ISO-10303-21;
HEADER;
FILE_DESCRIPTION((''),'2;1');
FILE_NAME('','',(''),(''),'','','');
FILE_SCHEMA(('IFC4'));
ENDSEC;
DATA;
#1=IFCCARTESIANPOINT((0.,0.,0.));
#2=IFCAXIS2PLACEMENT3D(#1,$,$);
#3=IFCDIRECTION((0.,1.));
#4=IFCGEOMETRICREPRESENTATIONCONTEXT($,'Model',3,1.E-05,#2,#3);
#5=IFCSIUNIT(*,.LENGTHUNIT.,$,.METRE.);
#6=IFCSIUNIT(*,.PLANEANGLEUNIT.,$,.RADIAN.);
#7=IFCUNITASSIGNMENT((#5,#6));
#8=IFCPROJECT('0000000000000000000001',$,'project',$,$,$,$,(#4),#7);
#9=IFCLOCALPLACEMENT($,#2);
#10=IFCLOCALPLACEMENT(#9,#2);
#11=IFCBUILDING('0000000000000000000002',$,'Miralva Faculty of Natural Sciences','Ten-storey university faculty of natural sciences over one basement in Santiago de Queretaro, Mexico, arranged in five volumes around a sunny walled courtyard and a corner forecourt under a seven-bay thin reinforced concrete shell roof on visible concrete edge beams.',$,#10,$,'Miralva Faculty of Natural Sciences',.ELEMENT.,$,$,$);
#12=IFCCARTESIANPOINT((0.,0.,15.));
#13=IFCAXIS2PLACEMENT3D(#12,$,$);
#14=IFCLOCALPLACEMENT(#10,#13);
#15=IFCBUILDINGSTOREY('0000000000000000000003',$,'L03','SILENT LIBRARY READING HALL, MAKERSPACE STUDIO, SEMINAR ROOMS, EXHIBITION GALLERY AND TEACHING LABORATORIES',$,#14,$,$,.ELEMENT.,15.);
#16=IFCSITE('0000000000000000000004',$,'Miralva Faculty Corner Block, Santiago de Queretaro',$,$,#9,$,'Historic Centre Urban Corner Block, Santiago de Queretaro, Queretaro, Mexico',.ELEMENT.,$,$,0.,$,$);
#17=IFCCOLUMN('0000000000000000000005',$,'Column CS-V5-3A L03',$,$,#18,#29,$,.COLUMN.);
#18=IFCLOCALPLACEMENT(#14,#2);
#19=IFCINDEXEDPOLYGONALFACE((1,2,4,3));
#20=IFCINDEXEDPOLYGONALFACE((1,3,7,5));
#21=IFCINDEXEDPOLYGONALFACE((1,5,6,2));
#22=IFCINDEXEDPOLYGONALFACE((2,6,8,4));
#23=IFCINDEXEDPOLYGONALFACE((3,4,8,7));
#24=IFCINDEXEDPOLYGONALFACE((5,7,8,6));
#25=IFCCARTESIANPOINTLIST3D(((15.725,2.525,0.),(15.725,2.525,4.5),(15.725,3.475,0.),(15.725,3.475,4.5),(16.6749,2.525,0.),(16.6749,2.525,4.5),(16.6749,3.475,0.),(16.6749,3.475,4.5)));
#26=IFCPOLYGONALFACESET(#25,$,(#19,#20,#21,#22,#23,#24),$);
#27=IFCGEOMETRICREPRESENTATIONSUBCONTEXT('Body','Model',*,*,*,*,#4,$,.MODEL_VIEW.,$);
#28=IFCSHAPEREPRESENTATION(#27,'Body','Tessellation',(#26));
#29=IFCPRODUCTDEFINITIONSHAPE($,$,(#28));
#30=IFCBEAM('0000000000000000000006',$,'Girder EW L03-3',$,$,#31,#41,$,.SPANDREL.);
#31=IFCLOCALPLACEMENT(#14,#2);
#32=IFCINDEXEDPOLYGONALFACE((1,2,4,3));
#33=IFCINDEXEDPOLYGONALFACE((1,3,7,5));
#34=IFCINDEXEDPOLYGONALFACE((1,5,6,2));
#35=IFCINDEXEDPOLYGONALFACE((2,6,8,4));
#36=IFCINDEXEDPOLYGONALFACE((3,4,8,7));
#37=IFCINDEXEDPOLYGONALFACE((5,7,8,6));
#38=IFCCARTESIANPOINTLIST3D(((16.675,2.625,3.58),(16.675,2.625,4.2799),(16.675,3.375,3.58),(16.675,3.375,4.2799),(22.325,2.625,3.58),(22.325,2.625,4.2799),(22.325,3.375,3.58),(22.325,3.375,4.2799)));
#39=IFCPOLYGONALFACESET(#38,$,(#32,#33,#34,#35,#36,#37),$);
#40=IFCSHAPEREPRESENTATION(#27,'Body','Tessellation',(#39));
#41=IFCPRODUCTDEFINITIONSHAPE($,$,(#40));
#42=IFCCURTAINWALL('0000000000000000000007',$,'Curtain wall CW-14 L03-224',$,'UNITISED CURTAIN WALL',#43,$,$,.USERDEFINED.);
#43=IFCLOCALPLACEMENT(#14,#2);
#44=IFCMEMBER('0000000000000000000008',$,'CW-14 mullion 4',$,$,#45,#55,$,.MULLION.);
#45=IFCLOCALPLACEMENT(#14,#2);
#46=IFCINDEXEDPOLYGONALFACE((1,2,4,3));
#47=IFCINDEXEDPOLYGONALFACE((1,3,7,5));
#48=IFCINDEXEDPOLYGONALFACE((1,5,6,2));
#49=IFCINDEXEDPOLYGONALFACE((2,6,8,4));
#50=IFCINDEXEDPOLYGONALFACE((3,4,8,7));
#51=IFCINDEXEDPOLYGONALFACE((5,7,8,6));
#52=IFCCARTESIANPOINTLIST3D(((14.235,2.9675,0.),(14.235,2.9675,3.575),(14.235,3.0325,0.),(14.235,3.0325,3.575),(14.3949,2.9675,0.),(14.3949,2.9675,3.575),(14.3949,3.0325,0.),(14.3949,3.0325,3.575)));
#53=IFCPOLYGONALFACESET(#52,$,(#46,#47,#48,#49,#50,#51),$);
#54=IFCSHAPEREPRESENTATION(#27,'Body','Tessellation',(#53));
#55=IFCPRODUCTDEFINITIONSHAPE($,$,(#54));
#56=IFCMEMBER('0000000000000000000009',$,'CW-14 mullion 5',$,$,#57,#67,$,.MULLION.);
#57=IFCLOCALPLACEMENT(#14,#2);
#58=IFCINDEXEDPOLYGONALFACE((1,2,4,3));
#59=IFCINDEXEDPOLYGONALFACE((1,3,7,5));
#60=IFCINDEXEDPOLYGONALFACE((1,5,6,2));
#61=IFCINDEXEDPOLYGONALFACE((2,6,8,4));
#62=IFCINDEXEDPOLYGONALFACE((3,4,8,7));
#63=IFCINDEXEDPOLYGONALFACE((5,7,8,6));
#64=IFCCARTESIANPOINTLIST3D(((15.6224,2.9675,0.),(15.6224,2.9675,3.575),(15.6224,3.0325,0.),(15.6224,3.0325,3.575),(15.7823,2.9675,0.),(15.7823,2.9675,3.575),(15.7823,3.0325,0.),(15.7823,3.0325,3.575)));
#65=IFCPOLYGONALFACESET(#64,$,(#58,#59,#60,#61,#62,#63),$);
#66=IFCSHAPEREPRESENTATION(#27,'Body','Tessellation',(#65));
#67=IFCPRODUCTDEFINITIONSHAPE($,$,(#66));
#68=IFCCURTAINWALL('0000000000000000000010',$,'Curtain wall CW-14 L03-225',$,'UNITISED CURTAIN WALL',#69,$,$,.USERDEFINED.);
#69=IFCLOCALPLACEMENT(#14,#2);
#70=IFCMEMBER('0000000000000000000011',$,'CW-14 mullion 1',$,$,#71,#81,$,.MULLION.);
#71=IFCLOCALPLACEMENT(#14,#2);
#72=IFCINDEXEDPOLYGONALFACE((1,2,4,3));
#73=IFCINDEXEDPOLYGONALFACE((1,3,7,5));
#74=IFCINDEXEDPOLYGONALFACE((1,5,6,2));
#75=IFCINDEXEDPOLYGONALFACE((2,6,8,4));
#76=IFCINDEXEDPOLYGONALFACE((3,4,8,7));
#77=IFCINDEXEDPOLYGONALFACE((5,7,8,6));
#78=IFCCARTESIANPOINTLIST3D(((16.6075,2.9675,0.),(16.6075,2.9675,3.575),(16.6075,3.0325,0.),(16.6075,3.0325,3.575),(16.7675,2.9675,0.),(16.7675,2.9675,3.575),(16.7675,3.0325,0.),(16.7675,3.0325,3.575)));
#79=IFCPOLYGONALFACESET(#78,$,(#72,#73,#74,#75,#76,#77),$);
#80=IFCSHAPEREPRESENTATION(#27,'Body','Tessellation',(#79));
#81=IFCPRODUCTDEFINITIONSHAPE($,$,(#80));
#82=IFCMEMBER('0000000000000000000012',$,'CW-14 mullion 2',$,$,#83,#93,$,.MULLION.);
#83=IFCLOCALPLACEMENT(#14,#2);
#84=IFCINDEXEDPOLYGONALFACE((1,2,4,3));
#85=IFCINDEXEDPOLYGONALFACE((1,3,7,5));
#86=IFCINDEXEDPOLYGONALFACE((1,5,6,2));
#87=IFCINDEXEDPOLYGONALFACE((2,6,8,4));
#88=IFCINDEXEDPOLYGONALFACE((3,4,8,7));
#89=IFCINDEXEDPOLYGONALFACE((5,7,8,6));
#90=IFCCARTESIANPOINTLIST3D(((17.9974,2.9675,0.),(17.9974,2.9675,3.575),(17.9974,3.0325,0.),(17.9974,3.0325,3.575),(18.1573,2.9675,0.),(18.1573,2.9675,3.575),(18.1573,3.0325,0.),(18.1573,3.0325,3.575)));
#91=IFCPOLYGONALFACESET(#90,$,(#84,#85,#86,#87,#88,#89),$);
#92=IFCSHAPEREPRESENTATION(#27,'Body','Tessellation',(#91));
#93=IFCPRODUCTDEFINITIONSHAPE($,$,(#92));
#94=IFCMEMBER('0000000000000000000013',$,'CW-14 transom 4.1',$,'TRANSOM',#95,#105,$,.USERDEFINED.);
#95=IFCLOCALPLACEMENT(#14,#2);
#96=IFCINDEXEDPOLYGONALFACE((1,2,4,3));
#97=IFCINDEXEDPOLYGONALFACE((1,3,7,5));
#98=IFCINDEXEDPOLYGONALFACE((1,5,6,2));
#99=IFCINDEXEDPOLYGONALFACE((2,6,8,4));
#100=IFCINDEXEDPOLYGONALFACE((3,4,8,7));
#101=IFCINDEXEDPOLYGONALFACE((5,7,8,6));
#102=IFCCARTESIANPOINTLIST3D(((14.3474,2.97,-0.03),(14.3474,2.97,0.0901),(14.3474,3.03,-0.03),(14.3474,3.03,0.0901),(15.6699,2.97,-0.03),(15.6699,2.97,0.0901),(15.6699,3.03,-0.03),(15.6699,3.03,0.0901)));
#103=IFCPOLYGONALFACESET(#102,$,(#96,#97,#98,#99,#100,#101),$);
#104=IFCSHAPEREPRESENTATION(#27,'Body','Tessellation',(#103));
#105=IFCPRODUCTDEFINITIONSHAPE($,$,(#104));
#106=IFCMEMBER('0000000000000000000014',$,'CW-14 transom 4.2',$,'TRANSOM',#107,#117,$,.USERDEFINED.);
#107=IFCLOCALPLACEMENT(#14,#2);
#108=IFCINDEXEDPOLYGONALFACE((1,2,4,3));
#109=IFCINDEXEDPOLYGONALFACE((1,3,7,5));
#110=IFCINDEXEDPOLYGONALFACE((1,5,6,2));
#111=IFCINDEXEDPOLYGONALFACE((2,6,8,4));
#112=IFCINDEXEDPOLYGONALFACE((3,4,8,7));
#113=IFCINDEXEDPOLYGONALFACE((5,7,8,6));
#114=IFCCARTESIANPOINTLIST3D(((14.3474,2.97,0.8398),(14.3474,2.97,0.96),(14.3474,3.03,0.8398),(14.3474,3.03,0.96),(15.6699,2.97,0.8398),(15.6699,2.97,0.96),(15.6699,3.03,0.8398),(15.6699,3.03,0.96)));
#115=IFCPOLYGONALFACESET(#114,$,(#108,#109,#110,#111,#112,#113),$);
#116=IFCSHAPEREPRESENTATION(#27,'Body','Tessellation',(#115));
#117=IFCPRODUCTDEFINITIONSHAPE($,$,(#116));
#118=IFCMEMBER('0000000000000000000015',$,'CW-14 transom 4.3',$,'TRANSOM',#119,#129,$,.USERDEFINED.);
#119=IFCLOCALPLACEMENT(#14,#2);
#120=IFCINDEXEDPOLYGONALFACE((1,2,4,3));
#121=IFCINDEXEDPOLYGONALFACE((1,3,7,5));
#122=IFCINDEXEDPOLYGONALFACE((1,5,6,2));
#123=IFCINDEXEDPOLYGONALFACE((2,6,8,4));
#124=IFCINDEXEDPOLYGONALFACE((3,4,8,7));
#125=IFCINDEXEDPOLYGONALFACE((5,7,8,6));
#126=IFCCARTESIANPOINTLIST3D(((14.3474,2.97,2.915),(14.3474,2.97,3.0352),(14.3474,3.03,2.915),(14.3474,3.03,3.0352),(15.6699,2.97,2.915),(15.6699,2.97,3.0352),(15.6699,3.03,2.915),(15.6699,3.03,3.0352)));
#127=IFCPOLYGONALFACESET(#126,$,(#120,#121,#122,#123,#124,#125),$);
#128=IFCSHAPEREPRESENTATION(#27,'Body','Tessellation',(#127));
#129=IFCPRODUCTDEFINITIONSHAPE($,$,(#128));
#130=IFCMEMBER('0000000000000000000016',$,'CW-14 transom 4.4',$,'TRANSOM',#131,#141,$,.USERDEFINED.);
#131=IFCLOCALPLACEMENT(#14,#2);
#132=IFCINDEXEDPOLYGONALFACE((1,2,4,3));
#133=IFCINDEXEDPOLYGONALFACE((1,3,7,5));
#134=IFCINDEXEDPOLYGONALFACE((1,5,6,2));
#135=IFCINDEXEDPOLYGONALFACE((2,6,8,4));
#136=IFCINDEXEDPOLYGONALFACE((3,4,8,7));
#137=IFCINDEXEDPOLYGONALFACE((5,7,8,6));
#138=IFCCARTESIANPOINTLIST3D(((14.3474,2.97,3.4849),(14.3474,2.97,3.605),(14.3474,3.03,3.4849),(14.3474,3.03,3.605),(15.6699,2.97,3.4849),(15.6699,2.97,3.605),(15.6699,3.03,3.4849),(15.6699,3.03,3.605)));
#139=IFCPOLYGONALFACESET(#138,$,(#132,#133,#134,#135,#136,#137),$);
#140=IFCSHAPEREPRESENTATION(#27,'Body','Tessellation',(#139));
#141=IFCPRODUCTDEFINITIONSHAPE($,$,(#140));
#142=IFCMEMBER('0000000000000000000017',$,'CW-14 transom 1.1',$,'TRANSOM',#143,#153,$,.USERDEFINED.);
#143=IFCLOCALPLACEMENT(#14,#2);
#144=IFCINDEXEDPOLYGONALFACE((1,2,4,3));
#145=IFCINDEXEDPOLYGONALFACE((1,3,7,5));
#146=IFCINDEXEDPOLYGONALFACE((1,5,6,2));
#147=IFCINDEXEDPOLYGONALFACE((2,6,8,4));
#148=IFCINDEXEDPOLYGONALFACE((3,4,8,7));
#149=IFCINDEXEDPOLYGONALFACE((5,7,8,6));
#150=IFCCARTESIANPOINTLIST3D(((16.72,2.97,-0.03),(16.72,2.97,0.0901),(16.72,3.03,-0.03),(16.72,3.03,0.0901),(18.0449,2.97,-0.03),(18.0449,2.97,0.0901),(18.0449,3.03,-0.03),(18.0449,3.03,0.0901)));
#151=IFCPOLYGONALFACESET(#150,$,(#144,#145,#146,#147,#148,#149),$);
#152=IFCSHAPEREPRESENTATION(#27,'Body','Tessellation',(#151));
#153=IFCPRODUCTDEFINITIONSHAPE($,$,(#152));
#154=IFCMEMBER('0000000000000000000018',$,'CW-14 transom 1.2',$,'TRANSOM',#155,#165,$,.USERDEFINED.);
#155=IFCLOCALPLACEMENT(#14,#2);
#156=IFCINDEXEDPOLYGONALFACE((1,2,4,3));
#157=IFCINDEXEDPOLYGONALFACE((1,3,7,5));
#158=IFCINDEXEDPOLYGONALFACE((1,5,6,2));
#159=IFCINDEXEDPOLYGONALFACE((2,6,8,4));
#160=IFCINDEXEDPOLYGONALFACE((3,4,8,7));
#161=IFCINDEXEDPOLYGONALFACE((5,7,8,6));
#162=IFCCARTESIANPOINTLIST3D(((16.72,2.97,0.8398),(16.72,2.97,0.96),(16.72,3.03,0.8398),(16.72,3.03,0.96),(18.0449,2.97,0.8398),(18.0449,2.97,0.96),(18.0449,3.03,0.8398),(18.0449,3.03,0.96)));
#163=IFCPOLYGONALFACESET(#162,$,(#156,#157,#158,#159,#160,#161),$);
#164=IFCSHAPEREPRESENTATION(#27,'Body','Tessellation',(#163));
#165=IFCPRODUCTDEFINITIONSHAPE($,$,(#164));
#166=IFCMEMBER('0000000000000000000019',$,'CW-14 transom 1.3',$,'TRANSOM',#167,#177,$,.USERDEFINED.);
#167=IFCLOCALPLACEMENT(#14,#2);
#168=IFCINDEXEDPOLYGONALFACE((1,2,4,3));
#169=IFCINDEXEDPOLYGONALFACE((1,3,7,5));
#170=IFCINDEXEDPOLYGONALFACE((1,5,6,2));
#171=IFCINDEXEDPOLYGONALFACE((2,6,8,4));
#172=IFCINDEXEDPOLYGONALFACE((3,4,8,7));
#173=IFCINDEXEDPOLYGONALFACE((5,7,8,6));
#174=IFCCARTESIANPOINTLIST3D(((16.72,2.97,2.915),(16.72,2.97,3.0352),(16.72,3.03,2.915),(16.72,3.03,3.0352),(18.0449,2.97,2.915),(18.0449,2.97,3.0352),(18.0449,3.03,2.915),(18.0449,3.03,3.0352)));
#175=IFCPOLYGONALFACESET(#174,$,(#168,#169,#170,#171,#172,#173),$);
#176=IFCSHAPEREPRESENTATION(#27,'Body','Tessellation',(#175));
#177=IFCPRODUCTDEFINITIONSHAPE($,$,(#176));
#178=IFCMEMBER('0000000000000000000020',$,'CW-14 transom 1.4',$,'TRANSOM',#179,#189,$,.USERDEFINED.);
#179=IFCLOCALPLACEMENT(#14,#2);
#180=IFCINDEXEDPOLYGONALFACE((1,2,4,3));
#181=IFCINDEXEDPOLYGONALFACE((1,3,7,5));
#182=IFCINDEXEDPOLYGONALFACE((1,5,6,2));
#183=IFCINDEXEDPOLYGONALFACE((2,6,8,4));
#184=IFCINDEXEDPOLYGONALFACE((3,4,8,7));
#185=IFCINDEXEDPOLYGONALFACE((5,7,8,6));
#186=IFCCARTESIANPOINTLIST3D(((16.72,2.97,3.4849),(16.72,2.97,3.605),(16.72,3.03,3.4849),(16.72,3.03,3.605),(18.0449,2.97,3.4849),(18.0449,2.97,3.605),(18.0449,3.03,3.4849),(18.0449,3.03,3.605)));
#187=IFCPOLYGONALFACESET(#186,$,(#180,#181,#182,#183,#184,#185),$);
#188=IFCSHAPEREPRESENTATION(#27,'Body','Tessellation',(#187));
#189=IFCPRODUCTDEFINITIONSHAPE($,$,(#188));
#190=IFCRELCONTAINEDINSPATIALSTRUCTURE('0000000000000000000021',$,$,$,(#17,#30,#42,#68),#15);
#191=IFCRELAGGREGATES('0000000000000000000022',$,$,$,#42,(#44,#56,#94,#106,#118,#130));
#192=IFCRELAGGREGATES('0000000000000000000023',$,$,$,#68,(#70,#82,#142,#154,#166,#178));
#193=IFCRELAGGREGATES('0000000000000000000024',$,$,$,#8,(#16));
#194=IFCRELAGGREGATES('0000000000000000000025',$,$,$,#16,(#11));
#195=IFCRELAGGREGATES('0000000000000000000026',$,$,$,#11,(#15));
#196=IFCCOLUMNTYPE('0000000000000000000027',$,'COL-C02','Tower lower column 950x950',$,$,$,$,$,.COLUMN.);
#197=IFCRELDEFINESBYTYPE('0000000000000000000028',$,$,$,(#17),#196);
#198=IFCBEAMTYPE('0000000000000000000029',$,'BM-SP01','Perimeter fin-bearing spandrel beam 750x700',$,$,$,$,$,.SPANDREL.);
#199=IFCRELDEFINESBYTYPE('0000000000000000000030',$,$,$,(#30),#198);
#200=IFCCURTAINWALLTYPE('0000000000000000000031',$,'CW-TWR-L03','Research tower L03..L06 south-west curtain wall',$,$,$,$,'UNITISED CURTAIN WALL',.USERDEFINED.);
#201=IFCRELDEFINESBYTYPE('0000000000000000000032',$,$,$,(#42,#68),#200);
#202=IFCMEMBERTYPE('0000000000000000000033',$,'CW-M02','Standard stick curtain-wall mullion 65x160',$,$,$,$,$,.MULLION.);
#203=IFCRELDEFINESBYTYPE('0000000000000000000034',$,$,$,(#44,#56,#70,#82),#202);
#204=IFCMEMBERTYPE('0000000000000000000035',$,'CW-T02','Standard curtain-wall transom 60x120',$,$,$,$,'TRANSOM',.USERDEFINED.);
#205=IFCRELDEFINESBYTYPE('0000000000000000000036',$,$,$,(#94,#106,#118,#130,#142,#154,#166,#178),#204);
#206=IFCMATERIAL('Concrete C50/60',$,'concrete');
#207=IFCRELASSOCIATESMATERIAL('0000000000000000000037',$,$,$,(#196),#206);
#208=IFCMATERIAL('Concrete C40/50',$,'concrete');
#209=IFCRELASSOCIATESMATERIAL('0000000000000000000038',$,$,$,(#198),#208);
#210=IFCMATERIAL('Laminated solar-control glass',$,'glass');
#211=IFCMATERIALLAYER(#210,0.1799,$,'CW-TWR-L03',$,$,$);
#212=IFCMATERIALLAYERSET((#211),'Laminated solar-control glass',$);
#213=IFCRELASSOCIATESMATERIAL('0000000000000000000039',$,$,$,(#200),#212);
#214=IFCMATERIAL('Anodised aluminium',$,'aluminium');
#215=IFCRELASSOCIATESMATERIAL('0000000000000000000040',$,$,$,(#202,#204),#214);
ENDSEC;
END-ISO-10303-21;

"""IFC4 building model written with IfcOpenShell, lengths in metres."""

from ifc_helpers import new_model, si_unit, direction, frame, origin, origin_2d, place, context, subcontext, project, spatial, rectangle, extrude, material, layer, layer_set, material_profile, profile_set, type_object, element, aggregate, save


model = new_model("IFC4")

# Units and contexts
model_context = context("Model", 3, precision=1e-05, world=origin(), true_north=direction((0.0, 1.0)))
body_context = subcontext(model_context, "Body", "Model", "MODEL_VIEW")
ifc_project = project(units=[si_unit("LENGTHUNIT", "METRE"), si_unit("PLANEANGLEUNIT", "RADIAN")], contexts=[model_context])

# Site, building, storey
site_placement = place(None, origin())
site = spatial("IfcSite", under=ifc_project, at=site_placement, Name="Miralva Faculty Corner Block, Santiago de Queretaro", LongName="Historic Centre Urban Corner Block, Santiago de Queretaro, Queretaro, Mexico", CompositionType="ELEMENT", RefElevation=0.0)
building_placement = place(site_placement, origin())
building = spatial("IfcBuilding", under=site, at=building_placement, Name="Miralva Faculty of Natural Sciences", Description="Ten-storey university faculty of natural sciences over one basement in Santiago de Queretaro, Mexico, arranged in five volumes around a sunny walled courtyard and a corner forecourt under a seven-bay thin reinforced concrete shell roof on visible concrete edge beams.", LongName="Miralva Faculty of Natural Sciences", CompositionType="ELEMENT")
storey_placement = place(building_placement, frame((0.0, 0.0, 15.0)))
storey = spatial("IfcBuildingStorey", under=building, at=storey_placement, Name="L03", Description="SILENT LIBRARY READING HALL, MAKERSPACE STUDIO, SEMINAR ROOMS, EXHIBITION GALLERY AND TEACHING LABORATORIES", CompositionType="ELEMENT", Elevation=15.0)

# Column
ifc_material_1 = material(Name="Concrete C50/60", Category="concrete")
ifc_material_profile_1 = material_profile(ifc_material_1, rectangle(XDim=0.95, YDim=0.95, at=origin_2d()), Name="RC 950x950")
ifc_profile_set_1 = profile_set([ifc_material_profile_1], Name="Concrete C50/60")
column_type = type_object("IfcColumnType", Name="COL-C02", Description="Tower lower column 950x950", PredefinedType="COLUMN", material=ifc_profile_set_1)
column_placement = place(storey_placement, frame((16.2, 3.0, 0.0), z_axis=(0.0, 0.0, 1.0), x_axis=(1.0, 0.0, 0.0)))
element("IfcColumn", 1, at=column_placement, inside=storey, type_object=column_type, Name="Column CS-V5-3A L03", PredefinedType="COLUMN", context=body_context, shape_type="SweptSolid", body=[
    extrude(rectangle(XDim=0.95, YDim=0.95, at=origin_2d()), origin(), (0.0, 0.0, 1.0), 4.5),
])

# Beam
ifc_material_2 = material(Name="Concrete C40/50", Category="concrete")
ifc_material_profile_2 = material_profile(ifc_material_2, rectangle(XDim=0.75, YDim=0.7, at=origin_2d()), Name="RC 750x700")
ifc_profile_set_2 = profile_set([ifc_material_profile_2], Name="Concrete C40/50")
beam_type = type_object("IfcBeamType", Name="BM-SP01", Description="Perimeter fin-bearing spandrel beam 750x700", PredefinedType="SPANDREL", material=ifc_profile_set_2)
beam_placement = place(storey_placement, frame((16.675, 3.0, 3.9299), z_axis=(1.0, 0.0, 0.0), x_axis=(0.0, 1.0, 0.0)))
element("IfcBeam", 2, at=beam_placement, inside=storey, type_object=beam_type, Name="Girder EW L03-3", PredefinedType="SPANDREL", context=body_context, shape_type="SweptSolid", body=[
    extrude(rectangle(XDim=0.75, YDim=0.7, at=origin_2d()), origin(), (0.0, 0.0, 1.0), 5.6499),
])

# Curtain walls, members
ifc_material_3 = material(Name="Laminated solar-control glass", Category="glass")
ifc_layer_1 = layer(ifc_material_3, 0.1799, Name="CW-TWR-L03")
ifc_layer_set_1 = layer_set([ifc_layer_1], Name="Laminated solar-control glass")
curtain_wall_type = type_object("IfcCurtainWallType", Name="CW-TWR-L03", Description="Research tower L03..L06 south-west curtain wall", ElementType="UNITISED CURTAIN WALL", PredefinedType="USERDEFINED", material=ifc_layer_set_1)
curtain_wall_1_placement = place(storey_placement, origin())
curtain_wall_1 = element("IfcCurtainWall", 3, at=curtain_wall_1_placement, inside=storey, type_object=curtain_wall_type, Name="Curtain wall CW-14 L03-224", ObjectType="UNITISED CURTAIN WALL", PredefinedType="USERDEFINED")
ifc_material_4 = material(Name="Anodised aluminium", Category="aluminium")
ifc_material_profile_3 = material_profile(ifc_material_4, rectangle(XDim=0.0649, YDim=0.1599, at=origin_2d()), Name="MULLION 65x160")
ifc_profile_set_3 = profile_set([ifc_material_profile_3], Name="Anodised aluminium")
member_type_1 = type_object("IfcMemberType", Name="CW-M02", Description="Standard stick curtain-wall mullion 65x160", PredefinedType="MULLION", material=ifc_profile_set_3)
member_1_placement = place(storey_placement, frame((14.3149, 3.0, 0.0), z_axis=(0.0, 0.0, 1.0), x_axis=(0.0, 1.0, 0.0)))
member_1 = element("IfcMember", 4, at=member_1_placement, type_object=member_type_1, Name="CW-14 mullion 4", PredefinedType="MULLION", context=body_context, shape_type="SweptSolid", body=[
    extrude(rectangle(XDim=0.0649, YDim=0.1599, at=origin_2d()), origin(), (0.0, 0.0, 1.0), 3.575),
])
member_2_placement = place(storey_placement, frame((15.7024, 3.0, 0.0), z_axis=(0.0, 0.0, 1.0), x_axis=(0.0, 1.0, 0.0)))
member_2 = element("IfcMember", 5, at=member_2_placement, type_object=member_type_1, Name="CW-14 mullion 5", PredefinedType="MULLION", context=body_context, shape_type="SweptSolid", body=[
    extrude(rectangle(XDim=0.0649, YDim=0.1599, at=origin_2d()), origin(), (0.0, 0.0, 1.0), 3.575),
])
curtain_wall_2_placement = place(storey_placement, origin())
curtain_wall_2 = element("IfcCurtainWall", 6, at=curtain_wall_2_placement, inside=storey, type_object=curtain_wall_type, Name="Curtain wall CW-14 L03-225", ObjectType="UNITISED CURTAIN WALL", PredefinedType="USERDEFINED")
member_3_placement = place(storey_placement, frame((16.6875, 3.0, 0.0), z_axis=(0.0, 0.0, 1.0), x_axis=(0.0, 1.0, 0.0)))
member_3 = element("IfcMember", 7, at=member_3_placement, type_object=member_type_1, Name="CW-14 mullion 1", PredefinedType="MULLION", context=body_context, shape_type="SweptSolid", body=[
    extrude(rectangle(XDim=0.0649, YDim=0.1599, at=origin_2d()), origin(), (0.0, 0.0, 1.0), 3.575),
])
member_4_placement = place(storey_placement, frame((18.0774, 3.0, 0.0), z_axis=(0.0, 0.0, 1.0), x_axis=(0.0, 1.0, 0.0)))
member_4 = element("IfcMember", 8, at=member_4_placement, type_object=member_type_1, Name="CW-14 mullion 2", PredefinedType="MULLION", context=body_context, shape_type="SweptSolid", body=[
    extrude(rectangle(XDim=0.0649, YDim=0.1599, at=origin_2d()), origin(), (0.0, 0.0, 1.0), 3.575),
])

# Members
ifc_material_profile_4 = material_profile(ifc_material_4, rectangle(XDim=0.0601, YDim=0.1201, at=origin_2d()), Name="TRANSOM 60x120")
ifc_profile_set_4 = profile_set([ifc_material_profile_4], Name="Anodised aluminium")
member_type_2 = type_object("IfcMemberType", Name="CW-T02", Description="Standard curtain-wall transom 60x120", ElementType="TRANSOM", PredefinedType="USERDEFINED", material=ifc_profile_set_4)
member_5_placement = place(storey_placement, frame((14.3474, 3.0, 0.03), z_axis=(1.0, 0.0, 0.0), x_axis=(0.0, 1.0, 0.0)))
member_5 = element("IfcMember", 9, at=member_5_placement, type_object=member_type_2, Name="CW-14 transom 4.1", ObjectType="TRANSOM", PredefinedType="USERDEFINED", context=body_context, shape_type="SweptSolid", body=[
    extrude(rectangle(XDim=0.0601, YDim=0.1201, at=origin_2d()), origin(), (0.0, 0.0, 1.0), 1.3225),
])
member_6_placement = place(storey_placement, frame((14.3474, 3.0, 0.8999), z_axis=(1.0, 0.0, 0.0), x_axis=(0.0, 1.0, 0.0)))
member_6 = element("IfcMember", 10, at=member_6_placement, type_object=member_type_2, Name="CW-14 transom 4.2", ObjectType="TRANSOM", PredefinedType="USERDEFINED", context=body_context, shape_type="SweptSolid", body=[
    extrude(rectangle(XDim=0.0601, YDim=0.1201, at=origin_2d()), origin(), (0.0, 0.0, 1.0), 1.3225),
])
member_7_placement = place(storey_placement, frame((14.3474, 3.0, 2.9751), z_axis=(1.0, 0.0, 0.0), x_axis=(0.0, 1.0, 0.0)))
member_7 = element("IfcMember", 11, at=member_7_placement, type_object=member_type_2, Name="CW-14 transom 4.3", ObjectType="TRANSOM", PredefinedType="USERDEFINED", context=body_context, shape_type="SweptSolid", body=[
    extrude(rectangle(XDim=0.0601, YDim=0.1201, at=origin_2d()), origin(), (0.0, 0.0, 1.0), 1.3225),
])
member_8_placement = place(storey_placement, frame((14.3474, 3.0, 3.5449), z_axis=(1.0, 0.0, 0.0), x_axis=(0.0, 1.0, 0.0)))
member_8 = element("IfcMember", 12, at=member_8_placement, type_object=member_type_2, Name="CW-14 transom 4.4", ObjectType="TRANSOM", PredefinedType="USERDEFINED", context=body_context, shape_type="SweptSolid", body=[
    extrude(rectangle(XDim=0.0601, YDim=0.1201, at=origin_2d()), origin(), (0.0, 0.0, 1.0), 1.3225),
])
member_9_placement = place(storey_placement, frame((16.72, 3.0, 0.03), z_axis=(1.0, 0.0, 0.0), x_axis=(0.0, 1.0, 0.0)))
member_9 = element("IfcMember", 13, at=member_9_placement, type_object=member_type_2, Name="CW-14 transom 1.1", ObjectType="TRANSOM", PredefinedType="USERDEFINED", context=body_context, shape_type="SweptSolid", body=[
    extrude(rectangle(XDim=0.0601, YDim=0.1201, at=origin_2d()), origin(), (0.0, 0.0, 1.0), 1.325),
])
member_10_placement = place(storey_placement, frame((16.72, 3.0, 0.8999), z_axis=(1.0, 0.0, 0.0), x_axis=(0.0, 1.0, 0.0)))
member_10 = element("IfcMember", 14, at=member_10_placement, type_object=member_type_2, Name="CW-14 transom 1.2", ObjectType="TRANSOM", PredefinedType="USERDEFINED", context=body_context, shape_type="SweptSolid", body=[
    extrude(rectangle(XDim=0.0601, YDim=0.1201, at=origin_2d()), origin(), (0.0, 0.0, 1.0), 1.325),
])
member_11_placement = place(storey_placement, frame((16.72, 3.0, 2.9751), z_axis=(1.0, 0.0, 0.0), x_axis=(0.0, 1.0, 0.0)))
member_11 = element("IfcMember", 15, at=member_11_placement, type_object=member_type_2, Name="CW-14 transom 1.3", ObjectType="TRANSOM", PredefinedType="USERDEFINED", context=body_context, shape_type="SweptSolid", body=[
    extrude(rectangle(XDim=0.0601, YDim=0.1201, at=origin_2d()), origin(), (0.0, 0.0, 1.0), 1.325),
])
member_12_placement = place(storey_placement, frame((16.72, 3.0, 3.5449), z_axis=(1.0, 0.0, 0.0), x_axis=(0.0, 1.0, 0.0)))
member_12 = element("IfcMember", 16, at=member_12_placement, type_object=member_type_2, Name="CW-14 transom 1.4", ObjectType="TRANSOM", PredefinedType="USERDEFINED", context=body_context, shape_type="SweptSolid", body=[
    extrude(rectangle(XDim=0.0601, YDim=0.1201, at=origin_2d()), origin(), (0.0, 0.0, 1.0), 1.325),
])

aggregate(curtain_wall_1, [member_1, member_2, member_5, member_6, member_7, member_8])
aggregate(curtain_wall_2, [member_3, member_4, member_9, member_10, member_11, member_12])

save(model, "model.ifc")
